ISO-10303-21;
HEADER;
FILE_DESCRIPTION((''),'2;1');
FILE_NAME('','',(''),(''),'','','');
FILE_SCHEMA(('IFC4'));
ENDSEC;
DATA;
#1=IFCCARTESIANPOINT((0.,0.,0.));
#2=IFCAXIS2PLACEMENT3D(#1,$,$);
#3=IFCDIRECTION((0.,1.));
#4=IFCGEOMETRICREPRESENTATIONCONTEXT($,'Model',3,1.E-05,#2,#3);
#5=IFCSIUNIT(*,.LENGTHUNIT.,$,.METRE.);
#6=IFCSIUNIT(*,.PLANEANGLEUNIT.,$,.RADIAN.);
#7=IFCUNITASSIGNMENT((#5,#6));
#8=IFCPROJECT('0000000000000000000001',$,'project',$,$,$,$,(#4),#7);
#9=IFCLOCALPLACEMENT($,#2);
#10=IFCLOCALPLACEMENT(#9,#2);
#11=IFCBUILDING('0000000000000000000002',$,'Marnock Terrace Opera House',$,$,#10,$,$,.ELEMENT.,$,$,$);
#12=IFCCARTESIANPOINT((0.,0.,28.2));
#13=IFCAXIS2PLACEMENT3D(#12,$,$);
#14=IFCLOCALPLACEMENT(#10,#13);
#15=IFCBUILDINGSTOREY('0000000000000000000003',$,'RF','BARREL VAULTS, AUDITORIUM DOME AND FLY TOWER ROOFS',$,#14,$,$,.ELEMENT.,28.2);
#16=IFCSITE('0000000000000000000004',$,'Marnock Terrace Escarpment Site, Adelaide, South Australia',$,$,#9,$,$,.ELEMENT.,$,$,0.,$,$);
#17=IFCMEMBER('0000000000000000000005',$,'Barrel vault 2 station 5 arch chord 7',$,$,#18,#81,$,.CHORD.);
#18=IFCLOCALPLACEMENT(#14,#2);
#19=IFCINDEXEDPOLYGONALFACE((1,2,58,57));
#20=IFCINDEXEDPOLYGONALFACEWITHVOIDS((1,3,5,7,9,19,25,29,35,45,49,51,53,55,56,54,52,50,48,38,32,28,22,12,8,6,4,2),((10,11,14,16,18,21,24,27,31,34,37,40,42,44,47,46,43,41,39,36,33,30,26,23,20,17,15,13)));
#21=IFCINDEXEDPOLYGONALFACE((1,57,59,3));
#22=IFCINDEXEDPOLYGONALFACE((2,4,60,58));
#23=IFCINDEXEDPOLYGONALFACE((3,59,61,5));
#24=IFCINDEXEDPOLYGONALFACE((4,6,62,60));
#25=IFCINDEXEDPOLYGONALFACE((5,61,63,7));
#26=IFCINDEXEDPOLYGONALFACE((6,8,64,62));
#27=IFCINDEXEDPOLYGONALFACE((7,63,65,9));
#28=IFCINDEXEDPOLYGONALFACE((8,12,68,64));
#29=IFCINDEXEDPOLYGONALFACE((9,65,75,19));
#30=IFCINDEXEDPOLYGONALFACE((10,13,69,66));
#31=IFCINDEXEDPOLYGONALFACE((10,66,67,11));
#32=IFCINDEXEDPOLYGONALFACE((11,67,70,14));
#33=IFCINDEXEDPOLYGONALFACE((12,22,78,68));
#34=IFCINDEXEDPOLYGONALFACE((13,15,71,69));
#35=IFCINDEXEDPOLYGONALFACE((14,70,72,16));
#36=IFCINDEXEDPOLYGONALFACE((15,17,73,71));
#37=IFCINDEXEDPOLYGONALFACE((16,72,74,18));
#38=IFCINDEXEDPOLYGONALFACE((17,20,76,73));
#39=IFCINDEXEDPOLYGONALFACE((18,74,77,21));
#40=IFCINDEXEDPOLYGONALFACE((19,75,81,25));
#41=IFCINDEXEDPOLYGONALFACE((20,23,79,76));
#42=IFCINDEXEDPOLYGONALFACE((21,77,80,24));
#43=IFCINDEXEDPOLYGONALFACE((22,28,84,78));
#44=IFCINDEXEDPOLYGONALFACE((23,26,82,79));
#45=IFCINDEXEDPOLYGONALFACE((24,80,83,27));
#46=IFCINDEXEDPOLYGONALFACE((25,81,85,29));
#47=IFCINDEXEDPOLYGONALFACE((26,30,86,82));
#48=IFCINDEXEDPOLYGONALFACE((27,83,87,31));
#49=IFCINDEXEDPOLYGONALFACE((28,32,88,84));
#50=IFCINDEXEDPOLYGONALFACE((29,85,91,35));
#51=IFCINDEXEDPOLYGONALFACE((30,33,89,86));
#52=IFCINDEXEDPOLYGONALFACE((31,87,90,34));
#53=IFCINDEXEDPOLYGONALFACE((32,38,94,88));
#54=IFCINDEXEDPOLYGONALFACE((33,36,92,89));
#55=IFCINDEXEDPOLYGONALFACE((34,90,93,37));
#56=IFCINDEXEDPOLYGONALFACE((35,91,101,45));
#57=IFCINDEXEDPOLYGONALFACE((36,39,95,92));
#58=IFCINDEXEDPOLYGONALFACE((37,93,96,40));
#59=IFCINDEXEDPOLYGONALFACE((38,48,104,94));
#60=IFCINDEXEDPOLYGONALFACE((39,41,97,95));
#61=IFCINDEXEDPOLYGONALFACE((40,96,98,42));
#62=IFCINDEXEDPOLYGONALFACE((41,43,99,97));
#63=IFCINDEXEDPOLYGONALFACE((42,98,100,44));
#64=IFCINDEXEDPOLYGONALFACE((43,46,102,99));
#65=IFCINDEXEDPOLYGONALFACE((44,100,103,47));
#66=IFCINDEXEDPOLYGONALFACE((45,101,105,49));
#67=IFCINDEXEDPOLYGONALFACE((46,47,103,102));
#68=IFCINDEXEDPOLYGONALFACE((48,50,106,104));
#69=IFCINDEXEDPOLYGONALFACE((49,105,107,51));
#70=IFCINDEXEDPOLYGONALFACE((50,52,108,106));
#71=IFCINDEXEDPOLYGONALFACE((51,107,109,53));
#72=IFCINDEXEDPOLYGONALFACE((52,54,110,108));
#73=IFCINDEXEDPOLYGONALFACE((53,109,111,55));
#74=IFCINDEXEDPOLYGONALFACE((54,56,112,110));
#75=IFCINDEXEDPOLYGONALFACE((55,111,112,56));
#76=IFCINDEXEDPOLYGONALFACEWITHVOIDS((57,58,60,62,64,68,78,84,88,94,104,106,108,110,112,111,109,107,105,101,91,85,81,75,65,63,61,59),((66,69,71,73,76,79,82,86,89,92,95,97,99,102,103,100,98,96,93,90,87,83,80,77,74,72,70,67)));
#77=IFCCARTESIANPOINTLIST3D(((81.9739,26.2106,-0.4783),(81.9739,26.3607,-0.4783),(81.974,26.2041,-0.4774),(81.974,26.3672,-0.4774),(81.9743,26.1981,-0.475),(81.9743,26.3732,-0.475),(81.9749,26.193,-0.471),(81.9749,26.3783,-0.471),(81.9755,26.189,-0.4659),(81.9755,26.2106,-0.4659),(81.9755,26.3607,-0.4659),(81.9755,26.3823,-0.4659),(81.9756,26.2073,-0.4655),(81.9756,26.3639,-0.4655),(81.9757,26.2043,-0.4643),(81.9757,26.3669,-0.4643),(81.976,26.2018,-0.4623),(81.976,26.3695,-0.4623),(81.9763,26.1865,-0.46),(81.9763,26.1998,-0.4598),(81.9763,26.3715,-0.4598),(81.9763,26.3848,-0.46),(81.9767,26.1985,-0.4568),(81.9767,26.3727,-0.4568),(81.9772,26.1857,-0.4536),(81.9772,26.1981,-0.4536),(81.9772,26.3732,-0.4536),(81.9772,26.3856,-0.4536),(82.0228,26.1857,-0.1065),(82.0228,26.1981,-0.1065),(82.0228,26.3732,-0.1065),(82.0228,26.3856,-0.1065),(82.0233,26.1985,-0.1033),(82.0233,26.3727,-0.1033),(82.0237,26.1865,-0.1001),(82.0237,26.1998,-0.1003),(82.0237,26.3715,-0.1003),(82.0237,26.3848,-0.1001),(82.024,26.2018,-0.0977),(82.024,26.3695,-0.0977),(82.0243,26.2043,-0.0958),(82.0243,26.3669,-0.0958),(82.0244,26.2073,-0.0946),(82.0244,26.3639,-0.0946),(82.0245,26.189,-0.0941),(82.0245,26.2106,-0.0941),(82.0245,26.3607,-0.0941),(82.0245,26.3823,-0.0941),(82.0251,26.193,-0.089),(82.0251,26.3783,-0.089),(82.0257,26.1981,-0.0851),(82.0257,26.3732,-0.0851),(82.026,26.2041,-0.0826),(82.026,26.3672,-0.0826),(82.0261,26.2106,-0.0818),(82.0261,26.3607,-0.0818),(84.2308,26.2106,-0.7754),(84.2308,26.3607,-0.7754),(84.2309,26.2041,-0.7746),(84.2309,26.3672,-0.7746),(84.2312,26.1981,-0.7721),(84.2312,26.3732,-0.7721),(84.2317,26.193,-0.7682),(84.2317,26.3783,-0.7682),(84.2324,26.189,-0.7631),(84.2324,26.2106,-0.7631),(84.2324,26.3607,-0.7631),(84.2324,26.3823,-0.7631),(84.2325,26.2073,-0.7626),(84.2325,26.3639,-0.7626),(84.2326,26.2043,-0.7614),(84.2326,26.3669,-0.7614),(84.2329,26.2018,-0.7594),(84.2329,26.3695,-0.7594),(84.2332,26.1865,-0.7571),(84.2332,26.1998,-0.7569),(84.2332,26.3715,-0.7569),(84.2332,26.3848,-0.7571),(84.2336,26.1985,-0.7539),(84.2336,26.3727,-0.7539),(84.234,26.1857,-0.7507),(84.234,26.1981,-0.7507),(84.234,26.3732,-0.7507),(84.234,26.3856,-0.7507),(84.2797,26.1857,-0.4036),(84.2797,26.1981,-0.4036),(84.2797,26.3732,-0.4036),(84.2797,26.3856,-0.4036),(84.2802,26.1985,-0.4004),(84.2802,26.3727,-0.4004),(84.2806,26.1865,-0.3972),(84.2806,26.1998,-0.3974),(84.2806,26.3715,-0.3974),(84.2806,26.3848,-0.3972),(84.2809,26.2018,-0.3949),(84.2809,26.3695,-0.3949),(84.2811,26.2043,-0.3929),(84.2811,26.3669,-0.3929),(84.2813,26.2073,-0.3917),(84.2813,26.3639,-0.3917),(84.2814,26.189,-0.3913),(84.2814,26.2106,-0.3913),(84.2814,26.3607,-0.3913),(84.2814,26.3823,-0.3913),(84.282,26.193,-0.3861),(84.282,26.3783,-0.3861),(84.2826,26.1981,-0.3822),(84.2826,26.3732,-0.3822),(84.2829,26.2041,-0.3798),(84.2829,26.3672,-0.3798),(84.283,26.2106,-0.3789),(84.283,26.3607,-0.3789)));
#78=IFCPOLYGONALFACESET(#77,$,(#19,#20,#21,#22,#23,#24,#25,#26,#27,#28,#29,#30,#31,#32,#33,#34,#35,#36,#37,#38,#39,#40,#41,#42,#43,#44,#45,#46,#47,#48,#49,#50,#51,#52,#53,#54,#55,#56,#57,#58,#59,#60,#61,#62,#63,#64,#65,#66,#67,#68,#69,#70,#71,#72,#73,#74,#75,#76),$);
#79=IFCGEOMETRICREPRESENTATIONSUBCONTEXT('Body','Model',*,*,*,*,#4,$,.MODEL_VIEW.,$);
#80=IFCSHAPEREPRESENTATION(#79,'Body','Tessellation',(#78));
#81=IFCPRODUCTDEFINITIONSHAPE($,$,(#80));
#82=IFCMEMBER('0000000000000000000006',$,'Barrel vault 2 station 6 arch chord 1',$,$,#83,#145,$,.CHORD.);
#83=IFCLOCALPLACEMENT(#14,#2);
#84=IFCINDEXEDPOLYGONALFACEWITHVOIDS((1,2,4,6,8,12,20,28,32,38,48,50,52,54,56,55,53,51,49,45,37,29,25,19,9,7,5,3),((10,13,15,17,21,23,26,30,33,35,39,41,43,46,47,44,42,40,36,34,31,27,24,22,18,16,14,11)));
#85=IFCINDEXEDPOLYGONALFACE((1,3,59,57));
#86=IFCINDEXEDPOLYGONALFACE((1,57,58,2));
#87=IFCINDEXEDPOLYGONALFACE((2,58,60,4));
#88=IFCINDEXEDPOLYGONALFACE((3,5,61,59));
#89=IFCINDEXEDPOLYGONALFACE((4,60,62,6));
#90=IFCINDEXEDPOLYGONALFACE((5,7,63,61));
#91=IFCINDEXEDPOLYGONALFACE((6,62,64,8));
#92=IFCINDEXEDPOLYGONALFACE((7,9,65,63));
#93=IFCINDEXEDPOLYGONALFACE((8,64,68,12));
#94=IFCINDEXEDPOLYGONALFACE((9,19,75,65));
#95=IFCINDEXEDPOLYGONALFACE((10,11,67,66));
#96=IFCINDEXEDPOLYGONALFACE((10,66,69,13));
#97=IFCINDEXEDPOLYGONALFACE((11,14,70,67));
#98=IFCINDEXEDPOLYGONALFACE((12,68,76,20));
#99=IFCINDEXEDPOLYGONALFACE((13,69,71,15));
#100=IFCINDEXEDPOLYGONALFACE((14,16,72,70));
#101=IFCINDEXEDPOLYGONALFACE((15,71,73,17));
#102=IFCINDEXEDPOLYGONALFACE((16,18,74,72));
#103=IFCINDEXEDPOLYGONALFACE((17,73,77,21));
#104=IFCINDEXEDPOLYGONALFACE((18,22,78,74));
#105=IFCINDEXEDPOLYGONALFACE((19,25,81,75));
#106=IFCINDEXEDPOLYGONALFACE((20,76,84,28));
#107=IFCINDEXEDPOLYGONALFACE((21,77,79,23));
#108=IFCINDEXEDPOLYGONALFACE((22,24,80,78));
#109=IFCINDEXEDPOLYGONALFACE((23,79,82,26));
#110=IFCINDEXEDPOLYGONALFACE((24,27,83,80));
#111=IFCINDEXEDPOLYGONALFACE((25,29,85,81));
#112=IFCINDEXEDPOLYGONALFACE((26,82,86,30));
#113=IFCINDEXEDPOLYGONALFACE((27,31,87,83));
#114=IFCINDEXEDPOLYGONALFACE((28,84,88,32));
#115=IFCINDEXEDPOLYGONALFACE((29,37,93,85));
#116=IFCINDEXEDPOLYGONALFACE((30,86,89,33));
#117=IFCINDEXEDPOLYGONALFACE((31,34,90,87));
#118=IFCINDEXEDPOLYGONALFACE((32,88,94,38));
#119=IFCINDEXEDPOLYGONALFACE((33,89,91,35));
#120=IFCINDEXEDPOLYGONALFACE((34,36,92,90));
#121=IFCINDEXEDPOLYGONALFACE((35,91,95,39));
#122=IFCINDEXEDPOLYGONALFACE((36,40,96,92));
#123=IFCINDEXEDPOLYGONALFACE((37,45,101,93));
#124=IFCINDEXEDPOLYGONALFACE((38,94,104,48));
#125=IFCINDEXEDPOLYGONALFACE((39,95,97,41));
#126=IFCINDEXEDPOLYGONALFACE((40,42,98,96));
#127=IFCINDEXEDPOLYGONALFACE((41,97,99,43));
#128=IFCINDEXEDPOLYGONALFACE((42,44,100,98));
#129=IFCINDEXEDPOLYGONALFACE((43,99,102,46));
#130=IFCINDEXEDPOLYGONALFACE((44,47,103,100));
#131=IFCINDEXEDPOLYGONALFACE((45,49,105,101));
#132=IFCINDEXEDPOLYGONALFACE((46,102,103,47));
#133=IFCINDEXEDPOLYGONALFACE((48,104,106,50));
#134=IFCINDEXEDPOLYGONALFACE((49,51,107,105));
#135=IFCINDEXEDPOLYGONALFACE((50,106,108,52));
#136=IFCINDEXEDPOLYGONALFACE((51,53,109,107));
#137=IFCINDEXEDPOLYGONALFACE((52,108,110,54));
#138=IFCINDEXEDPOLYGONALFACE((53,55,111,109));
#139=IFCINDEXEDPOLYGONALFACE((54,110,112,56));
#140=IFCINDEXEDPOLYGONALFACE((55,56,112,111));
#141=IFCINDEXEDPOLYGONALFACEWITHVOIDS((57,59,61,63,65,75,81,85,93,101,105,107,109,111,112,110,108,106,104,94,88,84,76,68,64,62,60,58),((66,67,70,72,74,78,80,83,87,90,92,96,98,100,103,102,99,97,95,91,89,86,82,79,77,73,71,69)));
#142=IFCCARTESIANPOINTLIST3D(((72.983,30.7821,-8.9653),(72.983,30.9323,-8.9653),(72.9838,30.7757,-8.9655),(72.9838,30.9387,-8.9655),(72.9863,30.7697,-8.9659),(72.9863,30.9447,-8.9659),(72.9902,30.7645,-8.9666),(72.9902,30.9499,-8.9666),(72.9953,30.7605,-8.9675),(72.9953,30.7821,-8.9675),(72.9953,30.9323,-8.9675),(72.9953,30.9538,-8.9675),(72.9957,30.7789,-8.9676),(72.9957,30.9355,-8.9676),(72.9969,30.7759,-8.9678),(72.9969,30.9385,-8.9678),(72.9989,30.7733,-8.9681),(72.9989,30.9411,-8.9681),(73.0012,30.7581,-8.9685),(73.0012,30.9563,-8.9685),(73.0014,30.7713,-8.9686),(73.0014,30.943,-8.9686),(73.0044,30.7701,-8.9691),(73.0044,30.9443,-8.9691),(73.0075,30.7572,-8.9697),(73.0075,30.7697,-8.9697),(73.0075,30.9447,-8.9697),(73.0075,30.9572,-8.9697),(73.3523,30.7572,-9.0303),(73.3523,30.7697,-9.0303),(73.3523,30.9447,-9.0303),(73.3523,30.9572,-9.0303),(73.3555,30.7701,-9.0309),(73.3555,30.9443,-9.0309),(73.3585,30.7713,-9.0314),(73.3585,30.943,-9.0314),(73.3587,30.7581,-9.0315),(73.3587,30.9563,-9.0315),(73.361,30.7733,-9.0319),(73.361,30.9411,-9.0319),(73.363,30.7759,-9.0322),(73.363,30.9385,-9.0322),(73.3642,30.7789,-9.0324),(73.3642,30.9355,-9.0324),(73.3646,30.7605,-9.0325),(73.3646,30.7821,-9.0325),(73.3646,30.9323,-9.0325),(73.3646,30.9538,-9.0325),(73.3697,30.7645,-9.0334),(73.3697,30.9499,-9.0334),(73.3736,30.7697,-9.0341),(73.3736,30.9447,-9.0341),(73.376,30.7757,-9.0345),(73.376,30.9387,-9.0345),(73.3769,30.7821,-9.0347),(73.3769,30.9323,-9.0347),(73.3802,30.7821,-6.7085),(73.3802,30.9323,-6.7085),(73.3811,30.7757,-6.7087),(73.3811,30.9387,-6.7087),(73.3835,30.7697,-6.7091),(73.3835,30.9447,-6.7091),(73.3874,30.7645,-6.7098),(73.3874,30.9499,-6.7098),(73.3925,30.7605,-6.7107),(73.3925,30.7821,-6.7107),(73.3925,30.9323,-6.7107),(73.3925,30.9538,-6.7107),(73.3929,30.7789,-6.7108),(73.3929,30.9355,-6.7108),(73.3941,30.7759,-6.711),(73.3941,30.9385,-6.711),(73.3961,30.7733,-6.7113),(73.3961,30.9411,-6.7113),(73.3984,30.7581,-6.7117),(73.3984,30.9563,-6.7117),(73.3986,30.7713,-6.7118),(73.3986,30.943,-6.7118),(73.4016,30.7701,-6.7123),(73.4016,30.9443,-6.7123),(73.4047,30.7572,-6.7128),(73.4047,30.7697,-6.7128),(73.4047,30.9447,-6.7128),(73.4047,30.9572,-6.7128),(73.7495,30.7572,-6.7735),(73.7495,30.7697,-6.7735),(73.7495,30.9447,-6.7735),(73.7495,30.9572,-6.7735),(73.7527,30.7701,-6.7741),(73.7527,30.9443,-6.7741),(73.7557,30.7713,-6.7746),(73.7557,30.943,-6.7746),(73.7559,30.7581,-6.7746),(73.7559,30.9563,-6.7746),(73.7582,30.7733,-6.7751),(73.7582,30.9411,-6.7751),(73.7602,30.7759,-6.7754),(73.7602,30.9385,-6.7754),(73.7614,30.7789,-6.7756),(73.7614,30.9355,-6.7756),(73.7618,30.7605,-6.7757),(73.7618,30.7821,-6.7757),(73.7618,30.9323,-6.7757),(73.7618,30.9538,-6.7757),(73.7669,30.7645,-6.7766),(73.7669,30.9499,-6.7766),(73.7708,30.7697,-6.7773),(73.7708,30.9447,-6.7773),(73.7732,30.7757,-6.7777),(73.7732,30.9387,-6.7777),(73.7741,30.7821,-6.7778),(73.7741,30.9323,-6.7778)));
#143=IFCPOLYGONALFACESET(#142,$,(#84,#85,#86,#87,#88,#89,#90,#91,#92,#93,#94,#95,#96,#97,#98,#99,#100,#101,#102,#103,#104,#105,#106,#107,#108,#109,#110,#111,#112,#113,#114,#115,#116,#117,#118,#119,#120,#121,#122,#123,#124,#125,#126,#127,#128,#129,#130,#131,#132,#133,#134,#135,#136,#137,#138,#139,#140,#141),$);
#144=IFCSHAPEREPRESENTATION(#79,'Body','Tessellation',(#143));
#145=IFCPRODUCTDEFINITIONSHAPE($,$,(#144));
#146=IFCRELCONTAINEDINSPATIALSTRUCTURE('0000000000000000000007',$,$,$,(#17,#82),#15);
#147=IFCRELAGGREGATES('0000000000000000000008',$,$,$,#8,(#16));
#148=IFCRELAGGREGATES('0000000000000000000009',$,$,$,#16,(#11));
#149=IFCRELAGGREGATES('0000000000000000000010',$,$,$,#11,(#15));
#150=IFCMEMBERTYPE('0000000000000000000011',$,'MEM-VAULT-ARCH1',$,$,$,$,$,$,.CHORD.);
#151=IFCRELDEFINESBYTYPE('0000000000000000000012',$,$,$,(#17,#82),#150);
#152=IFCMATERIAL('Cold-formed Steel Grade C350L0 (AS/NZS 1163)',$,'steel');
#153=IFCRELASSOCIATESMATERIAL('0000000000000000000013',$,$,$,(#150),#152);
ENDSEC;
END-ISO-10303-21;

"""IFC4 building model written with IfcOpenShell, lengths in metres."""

from ifc_helpers import new_model, si_unit, direction, frame, origin, origin_2d, place, context, subcontext, project, spatial, hollow_rectangle, extrude, material, material_profile, profile_set, type_object, element, save


model = new_model("IFC4")

# Units and contexts
model_context = context("Model", 3, precision=1e-05, world=origin(), true_north=direction((0.0, 1.0)))
body_context = subcontext(model_context, "Body", "Model", "MODEL_VIEW")
ifc_project = project(units=[si_unit("LENGTHUNIT", "METRE"), si_unit("PLANEANGLEUNIT", "RADIAN")], contexts=[model_context])

# Site, building, storey
site_placement = place(None, origin())
site = spatial("IfcSite", under=ifc_project, at=site_placement, Name="Marnock Terrace Escarpment Site, Adelaide, South Australia", CompositionType="ELEMENT", RefElevation=0.0)
building_placement = place(site_placement, origin())
building = spatial("IfcBuilding", under=site, at=building_placement, Name="Marnock Terrace Opera House", CompositionType="ELEMENT")
storey_placement = place(building_placement, frame((0.0, 0.0, 28.2)))
storey = spatial("IfcBuildingStorey", under=building, at=storey_placement, Name="RF", Description="BARREL VAULTS, AUDITORIUM DOME AND FLY TOWER ROOFS", CompositionType="ELEMENT", Elevation=28.2)

# Members
ifc_material = material(Name="Cold-formed Steel Grade C350L0 (AS/NZS 1163)", Category="steel")
ifc_material_profile_1 = material_profile(ifc_material, hollow_rectangle(XDim=0.2, YDim=0.3999, WallThickness=0.0125, InnerFilletRadius=0.0125, OuterFilletRadius=0.0249, at=origin_2d()))
ifc_profile_set_1 = profile_set([ifc_material_profile_1], Name="Cold-formed Steel Grade C350L0 (AS/NZS 1163)")
member_type_1 = type_object("IfcMemberType", Name="MEM-VAULT-ARCH1", PredefinedType="CHORD", material=ifc_profile_set_1)
for number, where, z_axis, x_axis, name in (
    (1, (82.0, 26.2856, -0.28), (0.991445, 0.0, -0.130527), (0.0, 1.0, 0.0), "Barrel vault 2 station 5 arch chord 7"),
):
    element("IfcMember", number, at=place(storey_placement, frame(where, z_axis=z_axis, x_axis=x_axis)), inside=storey, type_object=member_type_1, Name=name, PredefinedType="CHORD", context=body_context, shape_type="SweptSolid", body=[
        extrude(hollow_rectangle(XDim=0.2, YDim=0.3999, WallThickness=0.0125, InnerFilletRadius=0.0125, OuterFilletRadius=0.0249, at=origin_2d()), origin(), (0.0, 0.0, 1.0), 2.2764),
    ])
member_1_placement = place(storey_placement, frame((73.1799, 30.8572, -9.0), z_axis=(0.173342, 0.0, 0.984862), x_axis=(0.0, 1.0, 0.0)))
element("IfcMember", 2, at=member_1_placement, inside=storey, type_object=member_type_1, Name="Barrel vault 2 station 6 arch chord 1", PredefinedType="CHORD", context=body_context, shape_type="SweptSolid", body=[
    extrude(hollow_rectangle(XDim=0.2, YDim=0.3999, WallThickness=0.0125, InnerFilletRadius=0.0125, OuterFilletRadius=0.0249, at=origin_2d()), origin(), (0.0, 0.0, 1.0), 2.2915),
])

save(model, "model.ifc")
